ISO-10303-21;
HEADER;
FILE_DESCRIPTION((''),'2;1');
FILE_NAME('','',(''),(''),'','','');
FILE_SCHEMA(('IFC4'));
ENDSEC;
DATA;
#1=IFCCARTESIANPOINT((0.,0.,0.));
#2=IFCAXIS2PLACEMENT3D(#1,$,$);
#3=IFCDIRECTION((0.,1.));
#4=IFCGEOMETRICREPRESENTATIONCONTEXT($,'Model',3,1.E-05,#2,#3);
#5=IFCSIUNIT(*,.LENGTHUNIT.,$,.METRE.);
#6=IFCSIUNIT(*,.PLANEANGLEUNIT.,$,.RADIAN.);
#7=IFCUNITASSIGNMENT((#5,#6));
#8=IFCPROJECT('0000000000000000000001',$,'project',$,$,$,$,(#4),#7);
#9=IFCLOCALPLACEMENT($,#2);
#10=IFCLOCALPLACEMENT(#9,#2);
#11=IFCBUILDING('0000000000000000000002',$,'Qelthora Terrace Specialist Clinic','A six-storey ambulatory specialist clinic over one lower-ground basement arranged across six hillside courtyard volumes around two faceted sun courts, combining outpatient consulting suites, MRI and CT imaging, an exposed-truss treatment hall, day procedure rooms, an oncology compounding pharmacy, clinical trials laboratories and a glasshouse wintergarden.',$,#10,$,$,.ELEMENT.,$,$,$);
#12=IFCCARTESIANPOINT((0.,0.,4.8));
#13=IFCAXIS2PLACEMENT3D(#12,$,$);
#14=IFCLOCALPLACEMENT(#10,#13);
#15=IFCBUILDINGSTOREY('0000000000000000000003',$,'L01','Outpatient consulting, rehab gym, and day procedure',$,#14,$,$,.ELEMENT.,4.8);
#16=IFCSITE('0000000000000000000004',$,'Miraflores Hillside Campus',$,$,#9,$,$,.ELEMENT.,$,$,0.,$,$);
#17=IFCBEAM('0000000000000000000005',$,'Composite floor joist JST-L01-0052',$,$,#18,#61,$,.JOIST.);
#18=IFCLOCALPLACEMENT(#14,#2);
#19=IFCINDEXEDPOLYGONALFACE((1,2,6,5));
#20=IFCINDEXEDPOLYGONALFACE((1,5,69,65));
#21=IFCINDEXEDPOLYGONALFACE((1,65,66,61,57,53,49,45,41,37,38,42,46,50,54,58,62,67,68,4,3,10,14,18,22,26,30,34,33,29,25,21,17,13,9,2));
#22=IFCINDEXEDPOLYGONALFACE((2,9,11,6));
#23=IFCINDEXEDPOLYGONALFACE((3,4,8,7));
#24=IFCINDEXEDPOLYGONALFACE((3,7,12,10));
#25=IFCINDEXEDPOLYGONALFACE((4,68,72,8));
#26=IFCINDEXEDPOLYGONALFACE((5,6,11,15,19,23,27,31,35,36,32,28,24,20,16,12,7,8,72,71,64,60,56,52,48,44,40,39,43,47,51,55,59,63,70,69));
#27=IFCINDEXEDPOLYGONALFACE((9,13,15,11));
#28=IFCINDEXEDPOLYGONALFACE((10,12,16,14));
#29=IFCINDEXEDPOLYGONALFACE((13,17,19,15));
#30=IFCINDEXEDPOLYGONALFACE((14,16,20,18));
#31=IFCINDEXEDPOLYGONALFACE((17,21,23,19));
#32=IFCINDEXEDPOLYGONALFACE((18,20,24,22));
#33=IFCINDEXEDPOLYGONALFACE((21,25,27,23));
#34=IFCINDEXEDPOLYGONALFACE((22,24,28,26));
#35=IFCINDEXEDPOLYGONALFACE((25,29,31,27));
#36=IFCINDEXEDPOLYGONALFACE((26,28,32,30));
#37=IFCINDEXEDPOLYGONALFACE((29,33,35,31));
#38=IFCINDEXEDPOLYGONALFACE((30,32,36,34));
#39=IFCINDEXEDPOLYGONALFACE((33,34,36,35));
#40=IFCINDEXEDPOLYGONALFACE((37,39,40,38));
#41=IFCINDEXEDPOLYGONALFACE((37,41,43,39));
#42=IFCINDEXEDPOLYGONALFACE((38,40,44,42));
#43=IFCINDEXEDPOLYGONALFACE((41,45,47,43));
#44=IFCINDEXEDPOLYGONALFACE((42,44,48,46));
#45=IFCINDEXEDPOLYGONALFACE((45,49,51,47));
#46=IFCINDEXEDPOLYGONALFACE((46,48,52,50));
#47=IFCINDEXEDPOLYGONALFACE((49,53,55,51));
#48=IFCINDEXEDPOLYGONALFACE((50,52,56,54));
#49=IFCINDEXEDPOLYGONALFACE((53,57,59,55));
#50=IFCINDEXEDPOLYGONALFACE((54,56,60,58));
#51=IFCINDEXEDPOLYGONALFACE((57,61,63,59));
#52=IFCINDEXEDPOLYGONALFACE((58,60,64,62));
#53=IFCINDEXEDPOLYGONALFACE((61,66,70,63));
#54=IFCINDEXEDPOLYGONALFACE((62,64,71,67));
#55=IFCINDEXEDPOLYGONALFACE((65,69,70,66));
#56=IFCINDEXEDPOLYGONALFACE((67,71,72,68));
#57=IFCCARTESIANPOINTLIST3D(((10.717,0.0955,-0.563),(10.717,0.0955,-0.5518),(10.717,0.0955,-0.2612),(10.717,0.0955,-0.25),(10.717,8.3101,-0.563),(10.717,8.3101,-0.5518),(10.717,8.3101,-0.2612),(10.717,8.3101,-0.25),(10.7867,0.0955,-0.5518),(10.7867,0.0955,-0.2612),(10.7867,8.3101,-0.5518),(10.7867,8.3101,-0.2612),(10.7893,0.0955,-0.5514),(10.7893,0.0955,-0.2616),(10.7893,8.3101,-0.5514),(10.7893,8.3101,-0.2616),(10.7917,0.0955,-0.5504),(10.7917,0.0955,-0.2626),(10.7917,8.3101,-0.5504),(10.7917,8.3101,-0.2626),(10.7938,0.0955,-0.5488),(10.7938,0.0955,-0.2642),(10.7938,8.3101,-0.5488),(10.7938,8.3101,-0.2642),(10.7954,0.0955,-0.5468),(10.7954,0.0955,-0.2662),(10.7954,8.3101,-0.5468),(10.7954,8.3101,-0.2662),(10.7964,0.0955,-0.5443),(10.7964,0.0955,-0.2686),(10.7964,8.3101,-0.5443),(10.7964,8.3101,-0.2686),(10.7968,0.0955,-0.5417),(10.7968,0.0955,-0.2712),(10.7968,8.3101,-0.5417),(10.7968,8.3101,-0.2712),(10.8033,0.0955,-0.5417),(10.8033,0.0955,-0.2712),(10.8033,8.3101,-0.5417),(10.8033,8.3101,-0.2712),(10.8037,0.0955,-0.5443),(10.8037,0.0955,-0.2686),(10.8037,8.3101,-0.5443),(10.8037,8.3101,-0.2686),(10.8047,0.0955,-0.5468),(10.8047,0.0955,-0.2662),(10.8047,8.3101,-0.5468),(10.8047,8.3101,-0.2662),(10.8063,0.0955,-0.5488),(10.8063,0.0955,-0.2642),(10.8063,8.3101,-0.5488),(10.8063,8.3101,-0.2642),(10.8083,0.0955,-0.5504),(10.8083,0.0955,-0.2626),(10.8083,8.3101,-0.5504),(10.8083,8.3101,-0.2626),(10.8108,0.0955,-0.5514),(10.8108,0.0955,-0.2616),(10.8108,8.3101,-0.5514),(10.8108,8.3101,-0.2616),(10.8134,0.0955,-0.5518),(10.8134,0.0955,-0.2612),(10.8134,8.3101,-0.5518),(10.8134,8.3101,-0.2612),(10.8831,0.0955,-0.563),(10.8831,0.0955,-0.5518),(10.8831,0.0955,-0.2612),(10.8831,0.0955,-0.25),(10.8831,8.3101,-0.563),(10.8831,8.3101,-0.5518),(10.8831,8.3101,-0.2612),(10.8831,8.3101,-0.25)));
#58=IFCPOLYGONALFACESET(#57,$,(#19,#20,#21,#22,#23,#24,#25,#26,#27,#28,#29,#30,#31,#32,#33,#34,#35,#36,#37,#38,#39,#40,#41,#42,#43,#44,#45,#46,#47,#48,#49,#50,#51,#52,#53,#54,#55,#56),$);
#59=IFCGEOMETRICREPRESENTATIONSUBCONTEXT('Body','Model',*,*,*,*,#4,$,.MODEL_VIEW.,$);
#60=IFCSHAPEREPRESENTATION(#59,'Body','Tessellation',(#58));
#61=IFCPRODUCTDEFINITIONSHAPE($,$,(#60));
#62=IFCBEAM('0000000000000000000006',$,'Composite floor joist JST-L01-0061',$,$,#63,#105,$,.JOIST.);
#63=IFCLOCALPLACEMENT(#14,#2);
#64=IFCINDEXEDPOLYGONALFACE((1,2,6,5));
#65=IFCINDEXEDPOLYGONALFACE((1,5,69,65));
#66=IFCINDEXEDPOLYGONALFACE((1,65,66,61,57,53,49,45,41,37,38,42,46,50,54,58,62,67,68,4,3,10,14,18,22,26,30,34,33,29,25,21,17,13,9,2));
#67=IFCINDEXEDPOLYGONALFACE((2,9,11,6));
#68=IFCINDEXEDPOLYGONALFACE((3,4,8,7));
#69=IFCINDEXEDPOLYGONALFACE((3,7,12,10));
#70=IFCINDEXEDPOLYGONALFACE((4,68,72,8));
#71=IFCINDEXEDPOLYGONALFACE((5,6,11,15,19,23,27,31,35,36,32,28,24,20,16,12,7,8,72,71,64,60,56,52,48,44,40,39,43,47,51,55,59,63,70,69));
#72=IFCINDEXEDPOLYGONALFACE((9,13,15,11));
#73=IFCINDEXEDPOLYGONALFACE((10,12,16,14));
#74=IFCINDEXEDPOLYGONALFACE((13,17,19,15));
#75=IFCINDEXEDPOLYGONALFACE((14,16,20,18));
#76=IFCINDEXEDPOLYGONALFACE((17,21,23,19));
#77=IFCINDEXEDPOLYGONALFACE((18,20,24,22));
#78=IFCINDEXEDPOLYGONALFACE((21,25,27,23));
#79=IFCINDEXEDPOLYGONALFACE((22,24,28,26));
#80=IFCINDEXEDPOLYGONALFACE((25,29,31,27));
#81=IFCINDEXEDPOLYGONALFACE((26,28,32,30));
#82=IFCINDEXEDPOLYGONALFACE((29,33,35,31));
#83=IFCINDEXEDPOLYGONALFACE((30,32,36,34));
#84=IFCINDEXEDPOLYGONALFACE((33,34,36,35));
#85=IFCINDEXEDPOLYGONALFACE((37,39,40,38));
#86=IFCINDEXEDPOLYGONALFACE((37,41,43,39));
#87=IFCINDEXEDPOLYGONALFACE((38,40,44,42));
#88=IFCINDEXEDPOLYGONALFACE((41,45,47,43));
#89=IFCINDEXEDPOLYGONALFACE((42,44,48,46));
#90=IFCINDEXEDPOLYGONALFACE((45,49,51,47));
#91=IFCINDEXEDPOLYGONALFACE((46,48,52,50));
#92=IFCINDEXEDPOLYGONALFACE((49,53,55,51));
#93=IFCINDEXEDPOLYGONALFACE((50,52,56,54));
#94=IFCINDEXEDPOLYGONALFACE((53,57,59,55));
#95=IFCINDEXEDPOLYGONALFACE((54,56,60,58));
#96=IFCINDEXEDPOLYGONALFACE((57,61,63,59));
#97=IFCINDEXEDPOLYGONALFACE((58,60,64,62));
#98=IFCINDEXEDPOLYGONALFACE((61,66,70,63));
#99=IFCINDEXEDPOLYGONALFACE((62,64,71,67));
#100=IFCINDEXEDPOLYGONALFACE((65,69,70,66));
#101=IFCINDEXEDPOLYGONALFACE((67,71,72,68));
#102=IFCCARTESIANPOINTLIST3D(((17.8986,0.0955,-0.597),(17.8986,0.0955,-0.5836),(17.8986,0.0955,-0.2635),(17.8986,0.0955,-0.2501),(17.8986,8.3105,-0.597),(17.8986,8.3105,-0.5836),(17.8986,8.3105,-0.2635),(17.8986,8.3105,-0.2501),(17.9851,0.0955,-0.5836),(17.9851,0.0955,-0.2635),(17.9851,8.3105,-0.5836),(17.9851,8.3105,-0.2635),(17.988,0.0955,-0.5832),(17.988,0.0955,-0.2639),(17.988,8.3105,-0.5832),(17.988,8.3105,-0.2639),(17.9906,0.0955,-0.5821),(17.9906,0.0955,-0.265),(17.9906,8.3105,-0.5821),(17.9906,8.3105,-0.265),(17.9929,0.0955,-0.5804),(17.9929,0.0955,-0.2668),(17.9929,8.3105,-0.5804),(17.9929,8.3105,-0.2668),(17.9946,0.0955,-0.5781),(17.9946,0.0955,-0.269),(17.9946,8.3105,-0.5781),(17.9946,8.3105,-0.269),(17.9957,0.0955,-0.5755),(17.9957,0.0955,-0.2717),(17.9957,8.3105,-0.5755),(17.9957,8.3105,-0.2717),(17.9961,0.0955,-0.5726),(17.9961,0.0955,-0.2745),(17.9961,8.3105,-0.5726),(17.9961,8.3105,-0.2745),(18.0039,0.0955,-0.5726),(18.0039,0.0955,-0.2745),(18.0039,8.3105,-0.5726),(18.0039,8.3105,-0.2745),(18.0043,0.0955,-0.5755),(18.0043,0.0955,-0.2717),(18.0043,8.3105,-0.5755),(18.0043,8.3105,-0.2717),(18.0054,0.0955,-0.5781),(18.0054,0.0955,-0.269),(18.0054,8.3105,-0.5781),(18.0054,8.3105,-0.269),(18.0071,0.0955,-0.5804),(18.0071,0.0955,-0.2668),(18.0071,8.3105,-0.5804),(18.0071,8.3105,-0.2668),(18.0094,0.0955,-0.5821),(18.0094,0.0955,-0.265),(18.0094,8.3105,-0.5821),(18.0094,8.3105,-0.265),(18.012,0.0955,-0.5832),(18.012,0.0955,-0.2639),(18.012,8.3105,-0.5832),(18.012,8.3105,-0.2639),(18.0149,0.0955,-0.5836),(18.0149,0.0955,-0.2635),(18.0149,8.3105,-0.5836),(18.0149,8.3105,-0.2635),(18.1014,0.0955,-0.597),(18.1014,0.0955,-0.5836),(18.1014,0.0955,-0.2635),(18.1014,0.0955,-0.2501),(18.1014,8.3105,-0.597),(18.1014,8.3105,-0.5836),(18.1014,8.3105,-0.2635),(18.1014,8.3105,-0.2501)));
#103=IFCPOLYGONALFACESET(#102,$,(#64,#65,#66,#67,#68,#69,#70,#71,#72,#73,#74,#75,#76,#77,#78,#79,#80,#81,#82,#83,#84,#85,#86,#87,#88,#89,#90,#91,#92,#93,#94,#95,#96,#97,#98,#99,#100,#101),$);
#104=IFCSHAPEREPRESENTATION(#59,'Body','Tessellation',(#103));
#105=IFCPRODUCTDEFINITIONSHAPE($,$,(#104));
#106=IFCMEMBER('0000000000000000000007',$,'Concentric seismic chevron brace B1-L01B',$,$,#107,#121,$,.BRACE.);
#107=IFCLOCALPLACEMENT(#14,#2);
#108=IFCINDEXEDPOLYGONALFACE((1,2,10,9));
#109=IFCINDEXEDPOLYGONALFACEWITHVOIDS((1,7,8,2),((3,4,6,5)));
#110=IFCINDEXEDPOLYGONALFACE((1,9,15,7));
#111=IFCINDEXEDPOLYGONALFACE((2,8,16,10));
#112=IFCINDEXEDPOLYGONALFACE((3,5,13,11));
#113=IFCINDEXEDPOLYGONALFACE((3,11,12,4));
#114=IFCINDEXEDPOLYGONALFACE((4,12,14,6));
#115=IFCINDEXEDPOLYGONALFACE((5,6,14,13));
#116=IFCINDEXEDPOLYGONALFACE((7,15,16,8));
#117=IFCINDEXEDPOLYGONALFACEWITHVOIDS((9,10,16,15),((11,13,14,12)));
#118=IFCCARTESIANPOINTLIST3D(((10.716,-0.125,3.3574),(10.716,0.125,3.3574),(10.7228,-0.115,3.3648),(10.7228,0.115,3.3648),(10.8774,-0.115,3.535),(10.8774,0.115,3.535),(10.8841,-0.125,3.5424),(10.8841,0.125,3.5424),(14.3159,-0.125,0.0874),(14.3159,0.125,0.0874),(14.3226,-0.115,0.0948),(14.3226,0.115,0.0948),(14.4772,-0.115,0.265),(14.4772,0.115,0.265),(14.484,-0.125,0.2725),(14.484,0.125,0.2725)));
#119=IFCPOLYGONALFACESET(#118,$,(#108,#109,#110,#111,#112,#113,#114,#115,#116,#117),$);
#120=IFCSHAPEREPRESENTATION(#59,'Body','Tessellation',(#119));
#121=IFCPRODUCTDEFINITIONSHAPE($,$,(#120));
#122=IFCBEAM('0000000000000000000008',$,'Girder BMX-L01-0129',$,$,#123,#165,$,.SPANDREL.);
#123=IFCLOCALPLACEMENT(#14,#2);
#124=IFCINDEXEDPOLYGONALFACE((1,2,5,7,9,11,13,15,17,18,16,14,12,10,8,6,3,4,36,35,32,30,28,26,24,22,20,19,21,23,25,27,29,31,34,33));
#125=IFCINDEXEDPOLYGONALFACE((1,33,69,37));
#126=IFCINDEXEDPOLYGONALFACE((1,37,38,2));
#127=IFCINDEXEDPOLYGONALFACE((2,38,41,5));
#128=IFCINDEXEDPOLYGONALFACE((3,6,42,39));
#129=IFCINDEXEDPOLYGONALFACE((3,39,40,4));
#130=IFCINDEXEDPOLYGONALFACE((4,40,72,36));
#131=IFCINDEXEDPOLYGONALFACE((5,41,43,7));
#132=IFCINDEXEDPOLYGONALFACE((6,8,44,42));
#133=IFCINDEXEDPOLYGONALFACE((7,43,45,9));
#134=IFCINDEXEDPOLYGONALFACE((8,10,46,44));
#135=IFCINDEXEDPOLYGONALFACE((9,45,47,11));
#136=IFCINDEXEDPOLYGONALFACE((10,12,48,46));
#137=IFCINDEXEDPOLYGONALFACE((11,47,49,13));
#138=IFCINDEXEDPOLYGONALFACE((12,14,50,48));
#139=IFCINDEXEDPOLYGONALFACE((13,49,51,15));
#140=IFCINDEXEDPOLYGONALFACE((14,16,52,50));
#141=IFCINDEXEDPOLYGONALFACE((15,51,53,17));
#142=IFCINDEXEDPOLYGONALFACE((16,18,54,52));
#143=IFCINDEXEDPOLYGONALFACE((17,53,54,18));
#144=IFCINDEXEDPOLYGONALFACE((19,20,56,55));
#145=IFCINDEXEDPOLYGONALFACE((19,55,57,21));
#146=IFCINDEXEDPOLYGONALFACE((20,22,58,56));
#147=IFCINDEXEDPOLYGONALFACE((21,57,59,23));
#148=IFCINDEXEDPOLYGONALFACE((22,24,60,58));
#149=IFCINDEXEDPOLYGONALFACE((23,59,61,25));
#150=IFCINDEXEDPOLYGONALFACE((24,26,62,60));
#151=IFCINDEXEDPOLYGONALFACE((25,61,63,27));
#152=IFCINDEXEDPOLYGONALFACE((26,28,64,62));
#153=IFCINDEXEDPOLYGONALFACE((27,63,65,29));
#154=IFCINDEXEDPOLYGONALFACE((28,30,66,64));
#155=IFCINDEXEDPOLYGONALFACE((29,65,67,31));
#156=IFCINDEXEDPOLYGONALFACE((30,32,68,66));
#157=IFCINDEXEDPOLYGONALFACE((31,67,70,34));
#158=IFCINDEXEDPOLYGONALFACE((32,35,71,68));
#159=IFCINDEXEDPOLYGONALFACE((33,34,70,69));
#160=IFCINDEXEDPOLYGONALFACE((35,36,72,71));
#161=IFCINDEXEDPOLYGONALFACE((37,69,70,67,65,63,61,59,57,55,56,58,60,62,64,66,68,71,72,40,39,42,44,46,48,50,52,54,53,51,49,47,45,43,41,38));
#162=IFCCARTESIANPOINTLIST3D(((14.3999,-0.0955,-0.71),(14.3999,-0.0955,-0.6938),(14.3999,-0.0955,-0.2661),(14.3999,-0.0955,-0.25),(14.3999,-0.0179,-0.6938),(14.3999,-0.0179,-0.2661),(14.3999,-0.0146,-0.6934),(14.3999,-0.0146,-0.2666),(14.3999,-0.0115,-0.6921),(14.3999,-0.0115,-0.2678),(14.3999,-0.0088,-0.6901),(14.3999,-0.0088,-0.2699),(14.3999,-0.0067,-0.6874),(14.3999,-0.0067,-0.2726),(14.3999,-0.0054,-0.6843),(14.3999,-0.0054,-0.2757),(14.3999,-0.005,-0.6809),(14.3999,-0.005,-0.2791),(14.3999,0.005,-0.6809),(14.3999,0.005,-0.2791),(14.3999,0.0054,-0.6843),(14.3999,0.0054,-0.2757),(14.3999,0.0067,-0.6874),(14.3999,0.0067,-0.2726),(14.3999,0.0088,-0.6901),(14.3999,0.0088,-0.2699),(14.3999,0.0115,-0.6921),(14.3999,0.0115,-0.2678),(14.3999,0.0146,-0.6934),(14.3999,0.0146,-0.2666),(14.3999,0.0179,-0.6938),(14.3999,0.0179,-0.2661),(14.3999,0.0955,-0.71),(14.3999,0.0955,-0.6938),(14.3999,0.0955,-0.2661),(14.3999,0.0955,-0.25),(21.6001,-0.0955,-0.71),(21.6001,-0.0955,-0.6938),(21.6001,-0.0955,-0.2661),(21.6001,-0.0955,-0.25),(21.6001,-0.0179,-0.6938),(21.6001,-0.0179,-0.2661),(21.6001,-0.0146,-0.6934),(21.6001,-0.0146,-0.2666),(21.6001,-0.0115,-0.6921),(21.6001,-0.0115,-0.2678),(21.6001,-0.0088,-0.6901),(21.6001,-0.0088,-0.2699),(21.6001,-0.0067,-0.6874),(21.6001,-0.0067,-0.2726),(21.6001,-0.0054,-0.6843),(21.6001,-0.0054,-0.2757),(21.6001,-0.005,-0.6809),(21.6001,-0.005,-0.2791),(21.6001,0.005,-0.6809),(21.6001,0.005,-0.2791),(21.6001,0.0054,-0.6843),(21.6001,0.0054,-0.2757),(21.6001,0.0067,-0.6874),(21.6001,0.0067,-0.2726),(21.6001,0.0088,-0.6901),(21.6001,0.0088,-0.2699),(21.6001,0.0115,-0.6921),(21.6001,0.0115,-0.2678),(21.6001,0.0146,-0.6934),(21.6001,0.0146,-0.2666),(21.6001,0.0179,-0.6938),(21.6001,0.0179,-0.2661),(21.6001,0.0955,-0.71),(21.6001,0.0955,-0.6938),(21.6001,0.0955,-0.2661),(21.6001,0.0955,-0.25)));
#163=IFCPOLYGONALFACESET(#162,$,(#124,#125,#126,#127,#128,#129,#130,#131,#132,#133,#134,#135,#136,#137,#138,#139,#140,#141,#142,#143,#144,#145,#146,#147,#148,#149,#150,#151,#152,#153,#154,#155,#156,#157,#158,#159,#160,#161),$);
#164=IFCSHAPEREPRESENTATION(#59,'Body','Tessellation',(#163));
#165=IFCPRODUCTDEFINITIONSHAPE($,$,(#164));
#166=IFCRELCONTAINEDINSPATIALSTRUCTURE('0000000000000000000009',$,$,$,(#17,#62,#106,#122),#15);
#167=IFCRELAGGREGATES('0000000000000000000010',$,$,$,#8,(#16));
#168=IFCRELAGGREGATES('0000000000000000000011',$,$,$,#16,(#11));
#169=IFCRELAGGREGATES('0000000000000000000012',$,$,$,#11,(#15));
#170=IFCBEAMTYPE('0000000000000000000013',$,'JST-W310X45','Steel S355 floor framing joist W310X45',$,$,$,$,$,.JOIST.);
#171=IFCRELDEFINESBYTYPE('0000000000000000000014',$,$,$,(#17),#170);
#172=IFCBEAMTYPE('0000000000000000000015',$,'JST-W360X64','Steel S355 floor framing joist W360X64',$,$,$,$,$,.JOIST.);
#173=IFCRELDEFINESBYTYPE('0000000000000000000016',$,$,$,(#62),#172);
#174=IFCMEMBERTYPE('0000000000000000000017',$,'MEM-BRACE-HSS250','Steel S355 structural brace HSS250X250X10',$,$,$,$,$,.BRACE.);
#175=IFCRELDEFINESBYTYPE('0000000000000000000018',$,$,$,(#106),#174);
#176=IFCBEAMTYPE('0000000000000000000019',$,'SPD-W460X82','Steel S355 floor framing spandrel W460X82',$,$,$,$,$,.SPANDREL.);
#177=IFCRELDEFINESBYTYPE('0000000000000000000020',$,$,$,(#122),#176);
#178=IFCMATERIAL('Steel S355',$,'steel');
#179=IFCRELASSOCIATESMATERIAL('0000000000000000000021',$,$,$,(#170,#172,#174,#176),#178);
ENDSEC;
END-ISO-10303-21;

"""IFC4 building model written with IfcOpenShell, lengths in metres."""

from ifc_helpers import new_model, si_unit, direction, frame, origin, origin_2d, place, context, subcontext, project, spatial, hollow_rectangle, i_section, extrude, material, material_profile, profile_set, type_object, element, save


model = new_model("IFC4")

# Units and contexts
model_context = context("Model", 3, precision=1e-05, world=origin(), true_north=direction((0.0, 1.0)))
body_context = subcontext(model_context, "Body", "Model", "MODEL_VIEW")
ifc_project = project(units=[si_unit("LENGTHUNIT", "METRE"), si_unit("PLANEANGLEUNIT", "RADIAN")], contexts=[model_context])

# Site, building, storey
site_placement = place(None, origin())
site = spatial("IfcSite", under=ifc_project, at=site_placement, Name="Miraflores Hillside Campus", CompositionType="ELEMENT", RefElevation=0.0)
building_placement = place(site_placement, origin())
building = spatial("IfcBuilding", under=site, at=building_placement, Name="Qelthora Terrace Specialist Clinic", Description="A six-storey ambulatory specialist clinic over one lower-ground basement arranged across six hillside courtyard volumes around two faceted sun courts, combining outpatient consulting suites, MRI and CT imaging, an exposed-truss treatment hall, day procedure rooms, an oncology compounding pharmacy, clinical trials laboratories and a glasshouse wintergarden.", CompositionType="ELEMENT")
storey_placement = place(building_placement, frame((0.0, 0.0, 4.8)))
storey = spatial("IfcBuildingStorey", under=building, at=storey_placement, Name="L01", Description="Outpatient consulting, rehab gym, and day procedure", CompositionType="ELEMENT", Elevation=4.8)

# Shared definitions
ifc_material_1 = material(Name="Steel S355", Category="steel")

# Beams
ifc_material_profile_1 = material_profile(ifc_material_1, i_section(OverallWidth=0.166, OverallDepth=0.313, WebThickness=0.0066, FlangeThickness=0.0112, FilletRadius=0.01, at=origin_2d()), Name="W310X45")
ifc_profile_set_1 = profile_set([ifc_material_profile_1], Name="Steel S355")
beam_type_1 = type_object("IfcBeamType", Name="JST-W310X45", Description="Steel S355 floor framing joist W310X45", PredefinedType="JOIST", material=ifc_profile_set_1)
beam_1_placement = place(storey_placement, frame((10.8, 0.0955, -0.4065), z_axis=(0.0, 1.0, 0.0), x_axis=(-1.0, 0.0, 0.0)))
element("IfcBeam", 1, at=beam_1_placement, inside=storey, type_object=beam_type_1, Name="Composite floor joist JST-L01-0052", PredefinedType="JOIST", context=body_context, shape_type="SweptSolid", body=[
    extrude(i_section(OverallWidth=0.166, OverallDepth=0.313, WebThickness=0.0066, FlangeThickness=0.0112, FilletRadius=0.01, at=origin_2d()), origin(), (0.0, 0.0, 1.0), 8.2146),
])
ifc_material_profile_2 = material_profile(ifc_material_1, i_section(OverallWidth=0.2029, OverallDepth=0.3469, WebThickness=0.0078, FlangeThickness=0.0134, FilletRadius=0.011, at=origin_2d()), Name="W360X64")
ifc_profile_set_2 = profile_set([ifc_material_profile_2], Name="Steel S355")
beam_type_2 = type_object("IfcBeamType", Name="JST-W360X64", Description="Steel S355 floor framing joist W360X64", PredefinedType="JOIST", material=ifc_profile_set_2)
beam_2_placement = place(storey_placement, frame((18.0, 0.0955, -0.4236), z_axis=(0.0, 1.0, 0.0), x_axis=(-1.0, 0.0, 0.0)))
element("IfcBeam", 2, at=beam_2_placement, inside=storey, type_object=beam_type_2, Name="Composite floor joist JST-L01-0061", PredefinedType="JOIST", context=body_context, shape_type="SweptSolid", body=[
    extrude(i_section(OverallWidth=0.2029, OverallDepth=0.3469, WebThickness=0.0078, FlangeThickness=0.0134, FilletRadius=0.011, at=origin_2d()), origin(), (0.0, 0.0, 1.0), 8.2151),
])

# Member
ifc_material_profile_3 = material_profile(ifc_material_1, hollow_rectangle(XDim=0.25, YDim=0.25, WallThickness=0.01, at=origin_2d()), Name="HSS250X250X10")
ifc_profile_set_3 = profile_set([ifc_material_profile_3], Name="Steel S355")
member_type = type_object("IfcMemberType", Name="MEM-BRACE-HSS250", Description="Steel S355 structural brace HSS250X250X10", PredefinedType="BRACE", material=ifc_profile_set_3)
member_placement = place(storey_placement, frame((14.3999, 0.0, 0.1799), z_axis=(-0.740204, 0.0, 0.672383), x_axis=(0.0, -1.0, 0.0)))
element("IfcMember", 3, at=member_placement, inside=storey, type_object=member_type, Name="Concentric seismic chevron brace B1-L01B", PredefinedType="BRACE", context=body_context, shape_type="SweptSolid", body=[
    extrude(hollow_rectangle(XDim=0.25, YDim=0.25, WallThickness=0.01, at=origin_2d()), origin(), (0.0, 0.0, 1.0), 4.8633),
])

# Beam
ifc_material_profile_4 = material_profile(ifc_material_1, i_section(OverallWidth=0.1909, OverallDepth=0.46, WebThickness=0.01, FlangeThickness=0.0161, FilletRadius=0.0129, at=origin_2d()), Name="W460X82")
ifc_profile_set_4 = profile_set([ifc_material_profile_4], Name="Steel S355")
beam_type_3 = type_object("IfcBeamType", Name="SPD-W460X82", Description="Steel S355 floor framing spandrel W460X82", PredefinedType="SPANDREL", material=ifc_profile_set_4)
beam_3_placement = place(storey_placement, frame((14.3999, 0.0, -0.48), z_axis=(1.0, 0.0, 0.0), x_axis=(0.0, 1.0, 0.0)))
element("IfcBeam", 4, at=beam_3_placement, inside=storey, type_object=beam_type_3, Name="Girder BMX-L01-0129", PredefinedType="SPANDREL", context=body_context, shape_type="SweptSolid", body=[
    extrude(i_section(OverallWidth=0.1909, OverallDepth=0.46, WebThickness=0.01, FlangeThickness=0.0161, FilletRadius=0.0129, at=origin_2d()), origin(), (0.0, 0.0, 1.0), 7.2002),
])

save(model, "model.ifc")
